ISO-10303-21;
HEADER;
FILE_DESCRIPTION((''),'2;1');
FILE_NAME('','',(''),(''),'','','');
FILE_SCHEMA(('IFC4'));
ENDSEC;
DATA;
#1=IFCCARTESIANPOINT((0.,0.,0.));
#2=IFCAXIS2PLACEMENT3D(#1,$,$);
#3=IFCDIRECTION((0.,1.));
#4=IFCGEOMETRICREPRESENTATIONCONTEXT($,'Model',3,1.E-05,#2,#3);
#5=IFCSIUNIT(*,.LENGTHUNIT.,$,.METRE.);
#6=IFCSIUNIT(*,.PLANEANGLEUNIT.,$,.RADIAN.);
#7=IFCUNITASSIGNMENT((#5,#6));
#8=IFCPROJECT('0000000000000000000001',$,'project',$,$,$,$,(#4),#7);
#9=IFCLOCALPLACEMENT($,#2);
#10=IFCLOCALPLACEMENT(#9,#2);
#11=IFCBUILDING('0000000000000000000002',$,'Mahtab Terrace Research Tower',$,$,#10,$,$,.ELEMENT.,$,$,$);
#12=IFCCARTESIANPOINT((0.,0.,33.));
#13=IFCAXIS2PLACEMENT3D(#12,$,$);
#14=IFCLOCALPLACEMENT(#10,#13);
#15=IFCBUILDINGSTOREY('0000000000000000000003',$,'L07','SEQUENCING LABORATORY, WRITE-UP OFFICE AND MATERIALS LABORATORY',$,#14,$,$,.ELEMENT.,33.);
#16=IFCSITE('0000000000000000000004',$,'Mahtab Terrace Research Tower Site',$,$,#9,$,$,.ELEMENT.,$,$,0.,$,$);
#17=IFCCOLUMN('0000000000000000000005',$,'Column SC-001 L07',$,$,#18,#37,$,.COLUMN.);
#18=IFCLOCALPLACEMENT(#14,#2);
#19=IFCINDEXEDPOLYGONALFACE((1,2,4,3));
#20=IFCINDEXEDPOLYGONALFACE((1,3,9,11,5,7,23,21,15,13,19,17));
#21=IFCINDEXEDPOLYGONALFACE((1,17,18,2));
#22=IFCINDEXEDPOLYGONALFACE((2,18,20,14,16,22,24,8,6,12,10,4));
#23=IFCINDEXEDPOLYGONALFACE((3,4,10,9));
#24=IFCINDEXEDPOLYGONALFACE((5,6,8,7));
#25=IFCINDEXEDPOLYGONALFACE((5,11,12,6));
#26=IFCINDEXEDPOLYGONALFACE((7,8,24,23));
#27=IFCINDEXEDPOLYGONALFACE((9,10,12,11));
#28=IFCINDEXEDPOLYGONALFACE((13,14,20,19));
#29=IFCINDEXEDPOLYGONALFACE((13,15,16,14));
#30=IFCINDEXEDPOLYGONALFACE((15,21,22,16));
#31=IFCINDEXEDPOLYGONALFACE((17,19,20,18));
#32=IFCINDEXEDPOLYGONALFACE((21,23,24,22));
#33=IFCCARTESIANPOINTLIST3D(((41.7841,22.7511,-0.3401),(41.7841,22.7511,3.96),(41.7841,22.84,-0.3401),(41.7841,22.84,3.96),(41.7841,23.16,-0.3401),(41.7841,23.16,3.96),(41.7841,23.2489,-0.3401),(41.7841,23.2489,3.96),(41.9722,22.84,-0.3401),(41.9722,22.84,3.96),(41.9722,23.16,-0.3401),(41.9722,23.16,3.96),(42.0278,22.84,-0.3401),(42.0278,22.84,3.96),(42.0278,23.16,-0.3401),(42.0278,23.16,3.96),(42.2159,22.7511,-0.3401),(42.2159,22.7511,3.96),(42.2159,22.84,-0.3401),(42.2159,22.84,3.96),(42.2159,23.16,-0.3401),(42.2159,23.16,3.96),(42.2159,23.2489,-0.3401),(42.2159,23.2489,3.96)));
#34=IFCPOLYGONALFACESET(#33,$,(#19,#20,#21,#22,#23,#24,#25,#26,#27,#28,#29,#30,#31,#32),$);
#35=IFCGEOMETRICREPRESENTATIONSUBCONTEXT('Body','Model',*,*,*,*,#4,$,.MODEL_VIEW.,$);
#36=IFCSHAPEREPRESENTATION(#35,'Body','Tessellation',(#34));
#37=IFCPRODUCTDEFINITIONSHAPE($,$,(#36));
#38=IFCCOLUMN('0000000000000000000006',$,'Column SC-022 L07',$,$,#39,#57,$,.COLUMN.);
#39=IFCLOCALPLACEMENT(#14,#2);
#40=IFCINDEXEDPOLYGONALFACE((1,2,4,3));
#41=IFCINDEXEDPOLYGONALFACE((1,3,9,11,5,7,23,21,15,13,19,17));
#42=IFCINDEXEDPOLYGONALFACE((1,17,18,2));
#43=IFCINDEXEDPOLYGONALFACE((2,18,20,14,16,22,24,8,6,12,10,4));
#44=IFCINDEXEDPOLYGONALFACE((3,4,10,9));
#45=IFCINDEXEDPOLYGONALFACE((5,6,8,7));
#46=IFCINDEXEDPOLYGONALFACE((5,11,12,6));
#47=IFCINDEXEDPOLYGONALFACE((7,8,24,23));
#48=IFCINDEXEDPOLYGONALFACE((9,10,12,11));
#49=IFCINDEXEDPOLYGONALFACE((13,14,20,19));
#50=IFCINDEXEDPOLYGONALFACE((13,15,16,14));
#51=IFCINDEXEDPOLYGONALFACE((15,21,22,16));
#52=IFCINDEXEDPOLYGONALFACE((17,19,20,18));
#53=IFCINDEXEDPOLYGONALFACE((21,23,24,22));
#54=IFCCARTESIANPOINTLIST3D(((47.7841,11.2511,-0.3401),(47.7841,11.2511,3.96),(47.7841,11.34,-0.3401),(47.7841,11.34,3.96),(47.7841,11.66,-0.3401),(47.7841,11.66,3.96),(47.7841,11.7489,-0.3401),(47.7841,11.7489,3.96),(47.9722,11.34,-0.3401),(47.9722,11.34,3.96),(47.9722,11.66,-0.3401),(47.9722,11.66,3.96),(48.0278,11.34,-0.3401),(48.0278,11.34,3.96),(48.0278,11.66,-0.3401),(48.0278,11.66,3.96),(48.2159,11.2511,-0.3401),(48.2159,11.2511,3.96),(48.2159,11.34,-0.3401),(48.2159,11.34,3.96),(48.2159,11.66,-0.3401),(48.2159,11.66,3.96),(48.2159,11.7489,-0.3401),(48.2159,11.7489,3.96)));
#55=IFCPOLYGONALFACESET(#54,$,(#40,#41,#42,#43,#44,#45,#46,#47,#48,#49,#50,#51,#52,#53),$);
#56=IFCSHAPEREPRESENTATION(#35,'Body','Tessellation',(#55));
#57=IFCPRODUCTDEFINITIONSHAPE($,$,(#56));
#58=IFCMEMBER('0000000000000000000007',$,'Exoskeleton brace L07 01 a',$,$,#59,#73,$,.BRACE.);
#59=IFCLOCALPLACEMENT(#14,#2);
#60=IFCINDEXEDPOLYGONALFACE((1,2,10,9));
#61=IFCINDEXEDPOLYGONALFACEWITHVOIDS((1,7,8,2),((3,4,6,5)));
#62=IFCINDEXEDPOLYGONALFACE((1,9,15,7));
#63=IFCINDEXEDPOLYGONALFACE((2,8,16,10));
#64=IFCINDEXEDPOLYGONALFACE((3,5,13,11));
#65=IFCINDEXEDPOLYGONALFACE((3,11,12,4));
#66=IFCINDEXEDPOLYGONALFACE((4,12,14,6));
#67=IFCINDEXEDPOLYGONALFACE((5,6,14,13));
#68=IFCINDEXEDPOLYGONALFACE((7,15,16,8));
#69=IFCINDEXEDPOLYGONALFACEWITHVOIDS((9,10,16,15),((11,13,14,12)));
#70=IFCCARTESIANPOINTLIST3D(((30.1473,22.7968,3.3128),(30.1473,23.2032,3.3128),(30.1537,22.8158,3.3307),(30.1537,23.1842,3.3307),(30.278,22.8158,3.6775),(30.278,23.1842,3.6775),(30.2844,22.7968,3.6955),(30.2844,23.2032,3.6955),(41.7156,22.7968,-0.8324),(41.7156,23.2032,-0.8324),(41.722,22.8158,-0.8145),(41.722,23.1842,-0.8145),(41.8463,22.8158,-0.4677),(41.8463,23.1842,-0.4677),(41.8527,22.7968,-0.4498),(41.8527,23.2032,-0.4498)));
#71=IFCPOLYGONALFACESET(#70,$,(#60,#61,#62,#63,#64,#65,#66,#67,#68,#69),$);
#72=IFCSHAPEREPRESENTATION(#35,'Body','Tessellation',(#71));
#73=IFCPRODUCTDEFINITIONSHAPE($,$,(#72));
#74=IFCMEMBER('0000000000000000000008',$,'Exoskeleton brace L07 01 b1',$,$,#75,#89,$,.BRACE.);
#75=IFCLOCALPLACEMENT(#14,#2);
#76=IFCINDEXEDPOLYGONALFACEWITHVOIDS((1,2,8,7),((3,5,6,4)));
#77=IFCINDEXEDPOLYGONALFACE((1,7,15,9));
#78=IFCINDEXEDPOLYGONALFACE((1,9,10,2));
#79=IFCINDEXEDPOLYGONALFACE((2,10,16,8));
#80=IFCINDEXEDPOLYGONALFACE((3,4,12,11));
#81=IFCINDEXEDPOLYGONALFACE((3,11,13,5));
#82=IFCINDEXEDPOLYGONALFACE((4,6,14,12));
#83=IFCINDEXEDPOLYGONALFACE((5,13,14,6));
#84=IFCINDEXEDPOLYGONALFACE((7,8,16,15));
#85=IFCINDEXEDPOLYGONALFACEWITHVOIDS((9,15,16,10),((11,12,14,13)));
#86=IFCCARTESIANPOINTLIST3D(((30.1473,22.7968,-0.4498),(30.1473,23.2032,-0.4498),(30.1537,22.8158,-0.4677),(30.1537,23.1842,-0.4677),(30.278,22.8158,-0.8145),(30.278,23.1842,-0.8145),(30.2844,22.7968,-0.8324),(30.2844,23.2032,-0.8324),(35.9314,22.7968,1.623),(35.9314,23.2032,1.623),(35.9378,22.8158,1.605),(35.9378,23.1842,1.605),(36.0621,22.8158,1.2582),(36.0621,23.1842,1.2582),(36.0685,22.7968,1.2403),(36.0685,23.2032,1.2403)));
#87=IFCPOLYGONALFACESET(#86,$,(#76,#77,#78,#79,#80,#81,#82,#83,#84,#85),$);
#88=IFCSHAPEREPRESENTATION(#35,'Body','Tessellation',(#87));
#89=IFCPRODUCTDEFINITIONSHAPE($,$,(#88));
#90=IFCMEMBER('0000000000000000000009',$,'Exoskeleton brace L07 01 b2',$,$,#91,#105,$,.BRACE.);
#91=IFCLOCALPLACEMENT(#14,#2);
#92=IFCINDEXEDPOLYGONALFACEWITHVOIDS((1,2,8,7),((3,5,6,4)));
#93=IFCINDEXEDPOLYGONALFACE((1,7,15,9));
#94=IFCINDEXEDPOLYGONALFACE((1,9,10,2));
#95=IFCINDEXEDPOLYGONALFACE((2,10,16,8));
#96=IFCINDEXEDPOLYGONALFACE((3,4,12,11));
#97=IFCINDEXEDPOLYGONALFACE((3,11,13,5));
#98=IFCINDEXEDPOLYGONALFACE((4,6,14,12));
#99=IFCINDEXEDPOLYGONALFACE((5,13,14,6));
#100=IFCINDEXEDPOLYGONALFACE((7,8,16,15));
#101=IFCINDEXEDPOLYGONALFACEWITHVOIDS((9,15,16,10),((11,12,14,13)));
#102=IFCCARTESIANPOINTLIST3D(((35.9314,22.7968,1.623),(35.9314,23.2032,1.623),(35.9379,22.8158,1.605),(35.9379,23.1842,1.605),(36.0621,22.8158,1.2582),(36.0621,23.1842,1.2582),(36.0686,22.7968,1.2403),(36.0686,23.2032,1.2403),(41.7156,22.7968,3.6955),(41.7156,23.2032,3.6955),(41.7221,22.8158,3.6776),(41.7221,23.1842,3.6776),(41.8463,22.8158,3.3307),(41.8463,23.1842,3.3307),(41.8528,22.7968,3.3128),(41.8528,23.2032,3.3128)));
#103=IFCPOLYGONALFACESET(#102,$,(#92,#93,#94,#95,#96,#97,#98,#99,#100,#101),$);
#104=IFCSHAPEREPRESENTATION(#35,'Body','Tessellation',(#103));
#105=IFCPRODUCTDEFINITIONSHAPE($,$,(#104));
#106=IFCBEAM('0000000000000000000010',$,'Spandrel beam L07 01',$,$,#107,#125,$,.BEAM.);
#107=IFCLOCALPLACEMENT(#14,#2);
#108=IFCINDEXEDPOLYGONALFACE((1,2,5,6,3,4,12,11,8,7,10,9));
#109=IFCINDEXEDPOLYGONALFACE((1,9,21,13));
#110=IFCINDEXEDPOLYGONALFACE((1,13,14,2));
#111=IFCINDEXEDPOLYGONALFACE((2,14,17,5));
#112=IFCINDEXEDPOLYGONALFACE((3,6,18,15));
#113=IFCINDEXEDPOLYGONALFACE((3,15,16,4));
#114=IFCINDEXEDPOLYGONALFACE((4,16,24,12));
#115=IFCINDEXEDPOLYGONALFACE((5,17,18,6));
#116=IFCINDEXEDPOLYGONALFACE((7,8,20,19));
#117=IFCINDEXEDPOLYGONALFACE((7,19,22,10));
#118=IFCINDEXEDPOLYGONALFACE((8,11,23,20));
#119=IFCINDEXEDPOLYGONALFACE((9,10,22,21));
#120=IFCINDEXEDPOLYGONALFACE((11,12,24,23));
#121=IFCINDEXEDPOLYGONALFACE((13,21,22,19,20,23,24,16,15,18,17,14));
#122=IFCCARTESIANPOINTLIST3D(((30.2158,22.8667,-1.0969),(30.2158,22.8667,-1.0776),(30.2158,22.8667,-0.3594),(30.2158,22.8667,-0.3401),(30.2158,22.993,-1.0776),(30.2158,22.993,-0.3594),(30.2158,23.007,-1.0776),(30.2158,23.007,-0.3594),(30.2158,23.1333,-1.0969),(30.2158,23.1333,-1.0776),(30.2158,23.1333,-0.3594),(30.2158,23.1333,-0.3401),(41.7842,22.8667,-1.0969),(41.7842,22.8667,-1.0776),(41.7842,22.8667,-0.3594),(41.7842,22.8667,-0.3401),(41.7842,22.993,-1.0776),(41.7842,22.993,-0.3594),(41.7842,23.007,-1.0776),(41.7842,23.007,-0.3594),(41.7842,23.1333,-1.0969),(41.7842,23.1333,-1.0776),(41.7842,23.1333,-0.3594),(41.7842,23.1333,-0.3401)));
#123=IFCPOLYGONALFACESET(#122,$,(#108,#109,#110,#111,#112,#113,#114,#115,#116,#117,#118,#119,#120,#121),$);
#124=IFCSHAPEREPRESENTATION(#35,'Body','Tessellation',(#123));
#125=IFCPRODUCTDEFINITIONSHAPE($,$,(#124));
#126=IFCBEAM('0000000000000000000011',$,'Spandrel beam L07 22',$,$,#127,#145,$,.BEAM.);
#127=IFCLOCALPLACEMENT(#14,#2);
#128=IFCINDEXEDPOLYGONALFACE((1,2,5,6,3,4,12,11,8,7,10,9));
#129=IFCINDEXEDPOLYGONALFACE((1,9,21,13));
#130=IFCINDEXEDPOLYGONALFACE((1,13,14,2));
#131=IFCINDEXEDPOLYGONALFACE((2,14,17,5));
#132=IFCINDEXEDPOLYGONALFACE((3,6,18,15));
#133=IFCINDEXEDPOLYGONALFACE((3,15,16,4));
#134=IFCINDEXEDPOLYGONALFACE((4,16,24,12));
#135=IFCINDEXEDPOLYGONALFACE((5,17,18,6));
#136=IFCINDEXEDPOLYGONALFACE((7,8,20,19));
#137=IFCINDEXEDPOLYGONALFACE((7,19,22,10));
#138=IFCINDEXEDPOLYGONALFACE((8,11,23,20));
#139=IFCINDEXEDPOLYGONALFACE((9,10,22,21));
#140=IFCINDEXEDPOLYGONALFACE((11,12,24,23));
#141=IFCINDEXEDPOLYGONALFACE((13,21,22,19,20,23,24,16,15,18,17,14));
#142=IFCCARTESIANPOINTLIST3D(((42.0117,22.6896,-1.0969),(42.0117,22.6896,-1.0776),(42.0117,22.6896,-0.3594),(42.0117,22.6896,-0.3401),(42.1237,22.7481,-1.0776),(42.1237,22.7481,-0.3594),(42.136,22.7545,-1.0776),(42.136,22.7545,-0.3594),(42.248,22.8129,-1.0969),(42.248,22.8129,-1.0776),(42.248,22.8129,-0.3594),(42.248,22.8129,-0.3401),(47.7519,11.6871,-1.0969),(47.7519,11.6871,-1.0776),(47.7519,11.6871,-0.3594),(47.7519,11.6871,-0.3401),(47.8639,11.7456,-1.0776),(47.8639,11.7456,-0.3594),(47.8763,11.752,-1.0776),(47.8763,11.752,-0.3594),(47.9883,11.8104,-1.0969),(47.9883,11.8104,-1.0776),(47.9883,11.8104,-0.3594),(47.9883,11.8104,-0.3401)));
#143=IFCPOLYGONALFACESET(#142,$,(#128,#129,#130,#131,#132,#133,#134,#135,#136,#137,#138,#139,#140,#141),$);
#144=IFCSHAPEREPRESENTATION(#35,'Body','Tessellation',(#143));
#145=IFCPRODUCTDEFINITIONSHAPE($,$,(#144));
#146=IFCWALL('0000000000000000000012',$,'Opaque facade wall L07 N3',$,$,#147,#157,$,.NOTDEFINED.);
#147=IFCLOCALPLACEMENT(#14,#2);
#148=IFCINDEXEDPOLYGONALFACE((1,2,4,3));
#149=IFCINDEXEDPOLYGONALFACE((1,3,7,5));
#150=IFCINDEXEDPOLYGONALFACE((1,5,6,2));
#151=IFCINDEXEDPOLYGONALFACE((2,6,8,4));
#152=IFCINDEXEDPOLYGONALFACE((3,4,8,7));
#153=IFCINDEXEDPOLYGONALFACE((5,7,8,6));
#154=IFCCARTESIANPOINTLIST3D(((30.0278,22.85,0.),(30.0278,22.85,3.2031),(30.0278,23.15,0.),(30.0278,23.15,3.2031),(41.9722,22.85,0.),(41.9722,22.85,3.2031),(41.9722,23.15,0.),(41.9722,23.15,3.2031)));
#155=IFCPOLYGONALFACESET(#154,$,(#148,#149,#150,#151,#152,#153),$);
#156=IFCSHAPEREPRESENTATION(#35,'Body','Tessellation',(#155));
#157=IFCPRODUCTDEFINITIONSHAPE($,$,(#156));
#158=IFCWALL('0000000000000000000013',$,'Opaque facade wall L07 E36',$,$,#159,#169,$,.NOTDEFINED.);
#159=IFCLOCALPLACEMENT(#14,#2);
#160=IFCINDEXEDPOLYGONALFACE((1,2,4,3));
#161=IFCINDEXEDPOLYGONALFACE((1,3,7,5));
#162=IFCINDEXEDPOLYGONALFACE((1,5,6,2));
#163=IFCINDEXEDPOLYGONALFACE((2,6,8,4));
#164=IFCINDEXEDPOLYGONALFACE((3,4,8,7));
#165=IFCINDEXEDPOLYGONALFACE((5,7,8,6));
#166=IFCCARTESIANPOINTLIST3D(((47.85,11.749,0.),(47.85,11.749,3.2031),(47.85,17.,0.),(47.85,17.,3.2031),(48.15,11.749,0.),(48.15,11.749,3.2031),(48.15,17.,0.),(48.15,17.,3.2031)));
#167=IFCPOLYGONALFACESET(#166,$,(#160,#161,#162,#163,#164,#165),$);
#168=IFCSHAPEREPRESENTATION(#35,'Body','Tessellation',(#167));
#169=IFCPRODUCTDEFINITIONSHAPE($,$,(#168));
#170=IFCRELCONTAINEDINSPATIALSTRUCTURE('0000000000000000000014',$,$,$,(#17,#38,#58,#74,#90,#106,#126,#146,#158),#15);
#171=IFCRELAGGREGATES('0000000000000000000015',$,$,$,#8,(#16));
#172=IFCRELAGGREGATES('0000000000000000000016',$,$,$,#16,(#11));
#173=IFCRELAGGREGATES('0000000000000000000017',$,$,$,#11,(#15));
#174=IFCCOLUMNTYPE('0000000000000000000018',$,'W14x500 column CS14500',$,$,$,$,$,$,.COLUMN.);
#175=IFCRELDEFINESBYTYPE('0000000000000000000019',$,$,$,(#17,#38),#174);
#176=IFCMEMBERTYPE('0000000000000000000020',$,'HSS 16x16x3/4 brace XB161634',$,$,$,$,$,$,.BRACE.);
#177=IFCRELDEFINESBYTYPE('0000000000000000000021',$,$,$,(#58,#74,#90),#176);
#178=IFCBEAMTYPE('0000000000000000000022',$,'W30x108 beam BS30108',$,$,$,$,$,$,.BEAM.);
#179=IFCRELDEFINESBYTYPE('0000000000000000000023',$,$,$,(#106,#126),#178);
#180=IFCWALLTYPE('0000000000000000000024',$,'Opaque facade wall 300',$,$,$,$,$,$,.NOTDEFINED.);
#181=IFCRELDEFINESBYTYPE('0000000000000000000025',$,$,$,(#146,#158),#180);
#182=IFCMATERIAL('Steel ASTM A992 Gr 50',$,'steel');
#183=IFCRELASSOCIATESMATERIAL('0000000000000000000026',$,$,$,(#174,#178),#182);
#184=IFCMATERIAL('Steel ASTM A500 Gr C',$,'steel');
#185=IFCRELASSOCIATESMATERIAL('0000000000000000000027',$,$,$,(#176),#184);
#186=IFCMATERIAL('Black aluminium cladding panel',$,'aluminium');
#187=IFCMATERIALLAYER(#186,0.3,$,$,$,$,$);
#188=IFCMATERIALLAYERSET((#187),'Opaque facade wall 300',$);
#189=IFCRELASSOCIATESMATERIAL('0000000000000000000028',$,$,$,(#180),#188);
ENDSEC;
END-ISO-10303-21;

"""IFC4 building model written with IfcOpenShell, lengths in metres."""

from ifc_helpers import new_model, si_unit, direction, frame, frame_2d, origin, origin_2d, place, context, subcontext, project, spatial, rectangle, hollow_rectangle, i_section, extrude, material, layer, layer_set, material_profile, profile_set, type_object, element, save


model = new_model("IFC4")

# Units and contexts
model_context = context("Model", 3, precision=1e-05, world=origin(), true_north=direction((0.0, 1.0)))
body_context = subcontext(model_context, "Body", "Model", "MODEL_VIEW")
ifc_project = project(units=[si_unit("LENGTHUNIT", "METRE"), si_unit("PLANEANGLEUNIT", "RADIAN")], contexts=[model_context])

# Site, building, storey
site_placement = place(None, origin())
site = spatial("IfcSite", under=ifc_project, at=site_placement, Name="Mahtab Terrace Research Tower Site", CompositionType="ELEMENT", RefElevation=0.0)
building_placement = place(site_placement, origin())
building = spatial("IfcBuilding", under=site, at=building_placement, Name="Mahtab Terrace Research Tower", CompositionType="ELEMENT")
storey_placement = place(building_placement, frame((0.0, 0.0, 33.0)))
storey = spatial("IfcBuildingStorey", under=building, at=storey_placement, Name="L07", Description="SEQUENCING LABORATORY, WRITE-UP OFFICE AND MATERIALS LABORATORY", CompositionType="ELEMENT", Elevation=33.0)

# Columns
ifc_material_1 = material(Name="Steel ASTM A992 Gr 50", Category="steel")
ifc_material_profile_1 = material_profile(ifc_material_1, i_section(OverallWidth=0.4319, OverallDepth=0.4978, WebThickness=0.0557, FlangeThickness=0.0889, at=origin_2d()), Name="W14X500")
ifc_profile_set_1 = profile_set([ifc_material_profile_1], Name="Steel ASTM A992 Gr 50")
column_type = type_object("IfcColumnType", Name="W14x500 column CS14500", PredefinedType="COLUMN", material=ifc_profile_set_1)
for number, where, z_axis, x_axis, name in (
    (1, (42.0, 23.0, -0.3401), (0.0, 0.0, 1.0), (1.0, 0.0, 0.0), "Column SC-001 L07"),
    (2, (48.0, 11.5, -0.3401), (0.0, 0.0, 1.0), (1.0, 0.0, 0.0), "Column SC-022 L07"),
):
    element("IfcColumn", number, at=place(storey_placement, frame(where, z_axis=z_axis, x_axis=x_axis)), inside=storey, type_object=column_type, Name=name, PredefinedType="COLUMN", context=body_context, shape_type="SweptSolid", body=[
        extrude(i_section(OverallWidth=0.4319, OverallDepth=0.4978, WebThickness=0.0557, FlangeThickness=0.0889, at=origin_2d()), origin(), (0.0, 0.0, 1.0), 4.3),
    ])

# Members
ifc_material_2 = material(Name="Steel ASTM A500 Gr C", Category="steel")
ifc_material_profile_2 = material_profile(ifc_material_2, hollow_rectangle(XDim=0.4065, YDim=0.4065, WallThickness=0.019, at=origin_2d()), Name="HSS16X16X3/4")
ifc_profile_set_2 = profile_set([ifc_material_profile_2], Name="Steel ASTM A500 Gr C")
member_type = type_object("IfcMemberType", Name="HSS 16x16x3/4 brace XB161634", PredefinedType="BRACE", material=ifc_profile_set_2)
member_placement = place(storey_placement, frame((41.7842, 23.0, -0.6411), z_axis=(-0.941388, 0.0, 0.337325), x_axis=(0.0, -1.0, 0.0)))
element("IfcMember", 3, at=member_placement, inside=storey, type_object=member_type, Name="Exoskeleton brace L07 01 a", PredefinedType="BRACE", context=body_context, shape_type="SweptSolid", body=[
    extrude(hollow_rectangle(XDim=0.4065, YDim=0.4065, WallThickness=0.019, at=origin_2d()), origin(), (0.0, 0.0, 1.0), 12.2886),
])
for number, where, z_axis, x_axis, name in (
    (4, (30.2158, 23.0, -0.6411), (0.941382, 0.0, 0.337343), (0.0, 1.0, 0.0), "Exoskeleton brace L07 01 b1"),
    (5, (36.0, 23.0, 1.4316), (0.941394, 0.0, 0.337308), (0.0, 1.0, 0.0), "Exoskeleton brace L07 01 b2"),
):
    element("IfcMember", number, at=place(storey_placement, frame(where, z_axis=z_axis, x_axis=x_axis)), inside=storey, type_object=member_type, Name=name, PredefinedType="BRACE", context=body_context, shape_type="SweptSolid", body=[
        extrude(hollow_rectangle(XDim=0.4065, YDim=0.4065, WallThickness=0.019, at=origin_2d()), origin(), (0.0, 0.0, 1.0), 6.1443),
    ])

# Beams
ifc_material_profile_3 = material_profile(ifc_material_1, i_section(OverallWidth=0.2666, OverallDepth=0.7568, WebThickness=0.0139, FlangeThickness=0.0193, at=origin_2d()), Name="W30X108")
ifc_profile_set_3 = profile_set([ifc_material_profile_3], Name="Steel ASTM A992 Gr 50")
beam_type = type_object("IfcBeamType", Name="W30x108 beam BS30108", PredefinedType="BEAM", material=ifc_profile_set_3)
beam_1_placement = place(storey_placement, frame((41.7842, 23.0, -0.7185), z_axis=(-1.0, 0.0, 0.0), x_axis=(0.0, -1.0, 0.0)))
element("IfcBeam", 6, at=beam_1_placement, inside=storey, type_object=beam_type, Name="Spandrel beam L07 01", PredefinedType="BEAM", context=body_context, shape_type="SweptSolid", body=[
    extrude(i_section(OverallWidth=0.2666, OverallDepth=0.7568, WebThickness=0.0139, FlangeThickness=0.0193, at=origin_2d()), origin(), (0.0, 0.0, 1.0), 11.5684),
])
beam_2_placement = place(storey_placement, frame((47.8701, 11.7488, -0.7185), z_axis=(-0.462555, 0.88659, 0.0), x_axis=(-0.88659, -0.462555, 0.0)))
element("IfcBeam", 7, at=beam_2_placement, inside=storey, type_object=beam_type, Name="Spandrel beam L07 22", PredefinedType="BEAM", context=body_context, shape_type="SweptSolid", body=[
    extrude(i_section(OverallWidth=0.2666, OverallDepth=0.7568, WebThickness=0.0139, FlangeThickness=0.0193, at=origin_2d()), origin(), (0.0, 0.0, 1.0), 12.4099),
])

# Walls
ifc_material_3 = material(Name="Black aluminium cladding panel", Category="aluminium")
ifc_layer_1 = layer(ifc_material_3, 0.3)
ifc_layer_set_1 = layer_set([ifc_layer_1], Name="Opaque facade wall 300")
wall_type_1 = type_object("IfcWallType", Name="Opaque facade wall 300", PredefinedType="NOTDEFINED", material=ifc_layer_set_1)
wall_1_placement = place(storey_placement, frame((41.9722, 23.0, 0.0), z_axis=(0.0, 0.0, 1.0), x_axis=(-1.0, 0.0, 0.0)))
element("IfcWall", 8, at=wall_1_placement, inside=storey, type_object=wall_type_1, Name="Opaque facade wall L07 N3", PredefinedType="NOTDEFINED", context=body_context, shape_type="SweptSolid", body=[
    extrude(rectangle(XDim=11.9443, YDim=0.3, at=frame_2d((5.9722, 0.0))), origin(), (0.0, 0.0, 1.0), 3.2031),
])
wall_2_placement = place(storey_placement, frame((48.0, 11.749, 0.0), z_axis=(0.0, 0.0, 1.0), x_axis=(0.0, 1.0, 0.0)))
element("IfcWall", 9, at=wall_2_placement, inside=storey, type_object=wall_type_1, Name="Opaque facade wall L07 E36", PredefinedType="NOTDEFINED", context=body_context, shape_type="SweptSolid", body=[
    extrude(rectangle(XDim=5.251, YDim=0.3, at=frame_2d((2.6255, 0.0))), origin(), (0.0, 0.0, 1.0), 3.2031),
])

save(model, "model.ifc")
